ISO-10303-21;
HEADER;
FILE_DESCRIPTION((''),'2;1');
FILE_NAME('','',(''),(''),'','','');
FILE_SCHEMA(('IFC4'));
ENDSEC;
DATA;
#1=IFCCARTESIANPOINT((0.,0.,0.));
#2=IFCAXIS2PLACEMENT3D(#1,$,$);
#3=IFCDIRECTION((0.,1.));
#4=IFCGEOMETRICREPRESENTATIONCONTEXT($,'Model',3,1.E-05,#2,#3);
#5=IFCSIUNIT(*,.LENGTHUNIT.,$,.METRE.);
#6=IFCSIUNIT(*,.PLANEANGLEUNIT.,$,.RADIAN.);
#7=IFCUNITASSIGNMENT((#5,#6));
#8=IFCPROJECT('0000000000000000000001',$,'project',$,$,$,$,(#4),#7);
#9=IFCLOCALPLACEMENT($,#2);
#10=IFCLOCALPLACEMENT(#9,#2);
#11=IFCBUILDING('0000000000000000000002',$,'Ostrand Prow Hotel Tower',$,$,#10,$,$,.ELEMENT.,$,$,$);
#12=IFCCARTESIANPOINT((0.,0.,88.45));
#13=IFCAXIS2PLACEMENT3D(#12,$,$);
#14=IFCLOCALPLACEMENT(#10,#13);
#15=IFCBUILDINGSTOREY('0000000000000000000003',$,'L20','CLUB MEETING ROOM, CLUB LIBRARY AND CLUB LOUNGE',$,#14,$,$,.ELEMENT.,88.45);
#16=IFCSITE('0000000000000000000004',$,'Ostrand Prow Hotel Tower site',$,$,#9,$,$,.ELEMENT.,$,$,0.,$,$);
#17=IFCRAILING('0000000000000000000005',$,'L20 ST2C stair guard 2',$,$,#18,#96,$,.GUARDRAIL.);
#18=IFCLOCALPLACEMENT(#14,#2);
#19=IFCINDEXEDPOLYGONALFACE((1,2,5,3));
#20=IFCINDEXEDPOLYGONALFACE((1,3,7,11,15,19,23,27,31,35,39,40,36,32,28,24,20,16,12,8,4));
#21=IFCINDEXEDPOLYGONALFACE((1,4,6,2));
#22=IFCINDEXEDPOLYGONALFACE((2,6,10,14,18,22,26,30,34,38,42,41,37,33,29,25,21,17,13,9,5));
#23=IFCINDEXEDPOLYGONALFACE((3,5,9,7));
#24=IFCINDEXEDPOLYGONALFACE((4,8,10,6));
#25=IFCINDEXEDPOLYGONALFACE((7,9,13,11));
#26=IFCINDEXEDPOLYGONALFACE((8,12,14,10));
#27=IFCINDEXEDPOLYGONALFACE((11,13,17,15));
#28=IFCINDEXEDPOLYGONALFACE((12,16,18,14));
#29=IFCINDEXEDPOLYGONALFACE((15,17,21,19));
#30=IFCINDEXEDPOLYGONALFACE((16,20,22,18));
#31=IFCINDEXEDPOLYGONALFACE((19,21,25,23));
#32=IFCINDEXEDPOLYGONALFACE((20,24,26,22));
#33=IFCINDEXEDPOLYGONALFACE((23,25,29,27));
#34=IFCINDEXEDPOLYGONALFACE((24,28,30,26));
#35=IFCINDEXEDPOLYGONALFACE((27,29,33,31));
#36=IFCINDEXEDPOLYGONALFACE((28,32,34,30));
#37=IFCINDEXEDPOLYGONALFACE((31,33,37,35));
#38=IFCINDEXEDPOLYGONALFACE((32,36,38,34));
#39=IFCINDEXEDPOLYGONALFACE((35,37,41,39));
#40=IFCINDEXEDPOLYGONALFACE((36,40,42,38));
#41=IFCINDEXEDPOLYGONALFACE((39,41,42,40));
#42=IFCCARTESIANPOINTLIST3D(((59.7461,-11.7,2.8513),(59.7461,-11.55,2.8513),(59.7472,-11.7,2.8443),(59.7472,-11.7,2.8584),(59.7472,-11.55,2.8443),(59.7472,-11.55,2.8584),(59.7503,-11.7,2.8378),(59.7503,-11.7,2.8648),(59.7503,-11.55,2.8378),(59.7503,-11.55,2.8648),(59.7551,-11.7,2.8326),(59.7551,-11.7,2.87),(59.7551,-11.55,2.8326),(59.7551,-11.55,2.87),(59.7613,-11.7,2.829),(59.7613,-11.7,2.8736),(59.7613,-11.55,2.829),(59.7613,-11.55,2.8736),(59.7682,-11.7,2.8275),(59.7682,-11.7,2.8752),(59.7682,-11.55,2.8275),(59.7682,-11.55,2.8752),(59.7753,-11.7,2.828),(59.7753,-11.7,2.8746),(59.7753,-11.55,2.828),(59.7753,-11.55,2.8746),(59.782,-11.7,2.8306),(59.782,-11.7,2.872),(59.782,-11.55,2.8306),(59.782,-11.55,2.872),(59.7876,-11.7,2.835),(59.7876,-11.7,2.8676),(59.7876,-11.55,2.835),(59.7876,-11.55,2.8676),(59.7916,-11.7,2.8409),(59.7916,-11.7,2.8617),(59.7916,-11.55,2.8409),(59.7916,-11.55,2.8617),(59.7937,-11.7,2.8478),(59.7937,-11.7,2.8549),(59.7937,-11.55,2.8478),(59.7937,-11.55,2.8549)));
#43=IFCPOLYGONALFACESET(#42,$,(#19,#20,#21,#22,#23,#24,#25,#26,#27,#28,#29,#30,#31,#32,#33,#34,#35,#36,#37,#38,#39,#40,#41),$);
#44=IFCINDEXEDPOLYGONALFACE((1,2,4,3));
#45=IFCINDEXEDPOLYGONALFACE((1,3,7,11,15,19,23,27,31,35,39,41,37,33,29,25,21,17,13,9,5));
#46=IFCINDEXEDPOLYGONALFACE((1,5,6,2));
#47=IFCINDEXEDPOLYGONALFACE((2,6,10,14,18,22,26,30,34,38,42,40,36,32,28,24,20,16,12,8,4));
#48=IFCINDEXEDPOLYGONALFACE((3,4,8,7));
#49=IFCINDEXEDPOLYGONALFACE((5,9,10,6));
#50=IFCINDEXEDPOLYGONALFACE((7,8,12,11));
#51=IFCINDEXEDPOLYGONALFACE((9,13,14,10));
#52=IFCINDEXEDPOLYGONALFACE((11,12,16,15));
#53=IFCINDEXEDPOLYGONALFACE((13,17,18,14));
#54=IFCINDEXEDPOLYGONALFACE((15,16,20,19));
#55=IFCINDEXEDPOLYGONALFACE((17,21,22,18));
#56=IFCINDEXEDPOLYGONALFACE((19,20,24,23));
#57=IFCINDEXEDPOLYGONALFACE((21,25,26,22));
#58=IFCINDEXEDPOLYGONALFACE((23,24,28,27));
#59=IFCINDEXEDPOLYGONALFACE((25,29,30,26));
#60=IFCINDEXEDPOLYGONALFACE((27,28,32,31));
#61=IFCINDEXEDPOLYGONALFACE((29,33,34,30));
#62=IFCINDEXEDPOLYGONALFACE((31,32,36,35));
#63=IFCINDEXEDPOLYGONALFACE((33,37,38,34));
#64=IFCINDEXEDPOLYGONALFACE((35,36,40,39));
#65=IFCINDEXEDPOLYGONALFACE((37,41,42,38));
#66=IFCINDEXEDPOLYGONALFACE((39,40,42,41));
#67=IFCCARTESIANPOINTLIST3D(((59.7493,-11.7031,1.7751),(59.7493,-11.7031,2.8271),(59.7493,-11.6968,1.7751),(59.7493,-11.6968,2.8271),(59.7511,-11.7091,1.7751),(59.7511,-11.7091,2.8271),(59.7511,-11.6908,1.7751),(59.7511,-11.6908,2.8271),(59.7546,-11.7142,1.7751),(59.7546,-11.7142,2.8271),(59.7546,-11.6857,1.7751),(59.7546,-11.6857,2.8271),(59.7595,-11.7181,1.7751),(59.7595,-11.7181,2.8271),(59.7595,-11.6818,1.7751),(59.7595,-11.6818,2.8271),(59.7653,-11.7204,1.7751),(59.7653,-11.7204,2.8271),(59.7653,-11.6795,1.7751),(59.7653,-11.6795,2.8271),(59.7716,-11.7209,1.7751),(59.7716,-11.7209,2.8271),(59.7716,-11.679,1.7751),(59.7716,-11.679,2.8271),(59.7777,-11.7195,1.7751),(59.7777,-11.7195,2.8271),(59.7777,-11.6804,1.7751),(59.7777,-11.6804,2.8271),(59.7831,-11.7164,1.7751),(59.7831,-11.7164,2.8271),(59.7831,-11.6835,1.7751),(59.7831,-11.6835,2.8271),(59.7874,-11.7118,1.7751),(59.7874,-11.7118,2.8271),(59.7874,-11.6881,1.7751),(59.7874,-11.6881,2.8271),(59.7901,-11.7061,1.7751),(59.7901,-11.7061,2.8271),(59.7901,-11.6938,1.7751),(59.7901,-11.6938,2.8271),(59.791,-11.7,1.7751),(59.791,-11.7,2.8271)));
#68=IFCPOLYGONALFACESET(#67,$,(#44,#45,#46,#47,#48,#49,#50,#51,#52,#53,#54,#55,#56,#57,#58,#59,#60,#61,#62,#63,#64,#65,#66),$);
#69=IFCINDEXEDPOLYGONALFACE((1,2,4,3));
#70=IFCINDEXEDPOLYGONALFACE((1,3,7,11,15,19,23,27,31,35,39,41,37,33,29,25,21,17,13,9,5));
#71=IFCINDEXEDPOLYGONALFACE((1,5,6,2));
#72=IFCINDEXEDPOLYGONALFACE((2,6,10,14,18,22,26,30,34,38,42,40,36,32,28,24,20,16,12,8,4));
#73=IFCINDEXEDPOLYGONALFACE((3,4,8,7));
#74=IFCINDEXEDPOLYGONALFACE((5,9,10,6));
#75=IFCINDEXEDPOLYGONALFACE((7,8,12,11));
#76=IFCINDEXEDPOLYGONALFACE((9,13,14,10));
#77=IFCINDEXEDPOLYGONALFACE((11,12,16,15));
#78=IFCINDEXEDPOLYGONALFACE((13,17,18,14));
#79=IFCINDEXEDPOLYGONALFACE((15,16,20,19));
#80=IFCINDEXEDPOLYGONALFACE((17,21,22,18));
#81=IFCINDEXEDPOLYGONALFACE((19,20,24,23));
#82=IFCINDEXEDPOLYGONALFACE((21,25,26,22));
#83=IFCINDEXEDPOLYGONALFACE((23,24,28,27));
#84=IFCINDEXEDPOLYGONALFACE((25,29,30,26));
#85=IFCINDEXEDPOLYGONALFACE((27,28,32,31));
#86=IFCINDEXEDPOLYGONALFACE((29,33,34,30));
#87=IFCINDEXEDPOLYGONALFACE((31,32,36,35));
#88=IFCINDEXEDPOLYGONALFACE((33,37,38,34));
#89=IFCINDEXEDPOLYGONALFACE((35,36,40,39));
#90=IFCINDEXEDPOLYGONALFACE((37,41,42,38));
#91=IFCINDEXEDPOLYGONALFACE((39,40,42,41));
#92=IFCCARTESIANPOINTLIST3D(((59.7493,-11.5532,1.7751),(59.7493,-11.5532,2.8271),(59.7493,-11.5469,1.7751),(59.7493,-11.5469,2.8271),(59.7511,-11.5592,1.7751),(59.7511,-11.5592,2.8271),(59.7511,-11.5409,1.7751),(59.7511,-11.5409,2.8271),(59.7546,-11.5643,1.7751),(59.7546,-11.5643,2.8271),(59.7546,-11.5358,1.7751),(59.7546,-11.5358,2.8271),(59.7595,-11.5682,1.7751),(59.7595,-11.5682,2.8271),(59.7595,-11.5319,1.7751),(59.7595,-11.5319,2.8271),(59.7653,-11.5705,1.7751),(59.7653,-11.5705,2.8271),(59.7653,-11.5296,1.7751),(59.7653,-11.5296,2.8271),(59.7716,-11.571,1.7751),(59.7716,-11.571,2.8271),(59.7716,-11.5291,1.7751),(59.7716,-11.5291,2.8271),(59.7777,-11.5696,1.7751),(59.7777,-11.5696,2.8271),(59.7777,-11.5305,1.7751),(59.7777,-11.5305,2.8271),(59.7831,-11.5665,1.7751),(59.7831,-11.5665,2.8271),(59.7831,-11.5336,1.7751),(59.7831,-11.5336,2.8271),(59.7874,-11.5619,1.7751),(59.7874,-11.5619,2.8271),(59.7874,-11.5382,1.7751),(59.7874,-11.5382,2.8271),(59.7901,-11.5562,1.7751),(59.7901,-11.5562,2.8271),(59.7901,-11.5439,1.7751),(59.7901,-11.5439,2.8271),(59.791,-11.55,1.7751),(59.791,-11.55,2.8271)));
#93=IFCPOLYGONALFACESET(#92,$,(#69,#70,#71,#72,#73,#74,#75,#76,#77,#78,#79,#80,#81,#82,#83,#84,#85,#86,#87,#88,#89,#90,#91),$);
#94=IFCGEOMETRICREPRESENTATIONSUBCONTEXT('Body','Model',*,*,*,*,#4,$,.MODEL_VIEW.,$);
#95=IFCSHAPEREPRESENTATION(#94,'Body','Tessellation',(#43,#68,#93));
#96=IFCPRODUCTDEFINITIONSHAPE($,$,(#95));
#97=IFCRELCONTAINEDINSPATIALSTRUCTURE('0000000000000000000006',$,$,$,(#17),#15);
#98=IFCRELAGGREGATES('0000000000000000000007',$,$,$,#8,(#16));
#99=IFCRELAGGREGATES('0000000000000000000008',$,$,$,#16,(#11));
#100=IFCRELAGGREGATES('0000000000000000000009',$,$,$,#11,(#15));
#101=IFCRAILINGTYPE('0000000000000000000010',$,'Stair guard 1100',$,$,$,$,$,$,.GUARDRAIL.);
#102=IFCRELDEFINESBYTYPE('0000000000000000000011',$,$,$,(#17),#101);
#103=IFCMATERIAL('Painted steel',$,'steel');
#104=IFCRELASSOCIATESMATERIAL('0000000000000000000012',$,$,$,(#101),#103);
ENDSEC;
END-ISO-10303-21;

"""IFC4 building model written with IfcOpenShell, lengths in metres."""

from ifc_helpers import new_model, si_unit, direction, frame, origin, origin_2d, place, context, subcontext, project, spatial, circle, extrude, material, type_object, element, save


model = new_model("IFC4")

# Units and contexts
model_context = context("Model", 3, precision=1e-05, world=origin(), true_north=direction((0.0, 1.0)))
body_context = subcontext(model_context, "Body", "Model", "MODEL_VIEW")
ifc_project = project(units=[si_unit("LENGTHUNIT", "METRE"), si_unit("PLANEANGLEUNIT", "RADIAN")], contexts=[model_context])

# Site, building, storey
site_placement = place(None, origin())
site = spatial("IfcSite", under=ifc_project, at=site_placement, Name="Ostrand Prow Hotel Tower site", CompositionType="ELEMENT", RefElevation=0.0)
building_placement = place(site_placement, origin())
building = spatial("IfcBuilding", under=site, at=building_placement, Name="Ostrand Prow Hotel Tower", CompositionType="ELEMENT")
storey_placement = place(building_placement, frame((0.0, 0.0, 88.45)))
storey = spatial("IfcBuildingStorey", under=building, at=storey_placement, Name="L20", Description="CLUB MEETING ROOM, CLUB LIBRARY AND CLUB LOUNGE", CompositionType="ELEMENT", Elevation=88.45)

# Railing
ifc_material_1 = material(Name="Painted steel", Category="steel")
railing_type_1 = type_object("IfcRailingType", Name="Stair guard 1100", PredefinedType="GUARDRAIL", material=ifc_material_1)
railing_1_placement = place(storey_placement, frame((59.77, -11.7, 1.7751)))
element("IfcRailing", 1, at=railing_1_placement, inside=storey, type_object=railing_type_1, Name="L20 ST2C stair guard 2", PredefinedType="GUARDRAIL", context=body_context, shape_type="SweptSolid", body=[
    extrude(circle(Radius=0.0239, at=origin_2d()), frame((0.0, 0.0, 1.0762), z_axis=(0.0, 1.0, 0.0), x_axis=(-1.0, 0.0, 0.0)), (0.0, 0.0, 1.0), 0.1499),
    extrude(circle(Radius=0.021, at=origin_2d()), origin(), (0.0, 0.0, 1.0), 1.052),
    extrude(circle(Radius=0.021, at=origin_2d()), frame((0.0, 0.1499, 0.0)), (0.0, 0.0, 1.0), 1.052),
])

save(model, "model.ifc")
